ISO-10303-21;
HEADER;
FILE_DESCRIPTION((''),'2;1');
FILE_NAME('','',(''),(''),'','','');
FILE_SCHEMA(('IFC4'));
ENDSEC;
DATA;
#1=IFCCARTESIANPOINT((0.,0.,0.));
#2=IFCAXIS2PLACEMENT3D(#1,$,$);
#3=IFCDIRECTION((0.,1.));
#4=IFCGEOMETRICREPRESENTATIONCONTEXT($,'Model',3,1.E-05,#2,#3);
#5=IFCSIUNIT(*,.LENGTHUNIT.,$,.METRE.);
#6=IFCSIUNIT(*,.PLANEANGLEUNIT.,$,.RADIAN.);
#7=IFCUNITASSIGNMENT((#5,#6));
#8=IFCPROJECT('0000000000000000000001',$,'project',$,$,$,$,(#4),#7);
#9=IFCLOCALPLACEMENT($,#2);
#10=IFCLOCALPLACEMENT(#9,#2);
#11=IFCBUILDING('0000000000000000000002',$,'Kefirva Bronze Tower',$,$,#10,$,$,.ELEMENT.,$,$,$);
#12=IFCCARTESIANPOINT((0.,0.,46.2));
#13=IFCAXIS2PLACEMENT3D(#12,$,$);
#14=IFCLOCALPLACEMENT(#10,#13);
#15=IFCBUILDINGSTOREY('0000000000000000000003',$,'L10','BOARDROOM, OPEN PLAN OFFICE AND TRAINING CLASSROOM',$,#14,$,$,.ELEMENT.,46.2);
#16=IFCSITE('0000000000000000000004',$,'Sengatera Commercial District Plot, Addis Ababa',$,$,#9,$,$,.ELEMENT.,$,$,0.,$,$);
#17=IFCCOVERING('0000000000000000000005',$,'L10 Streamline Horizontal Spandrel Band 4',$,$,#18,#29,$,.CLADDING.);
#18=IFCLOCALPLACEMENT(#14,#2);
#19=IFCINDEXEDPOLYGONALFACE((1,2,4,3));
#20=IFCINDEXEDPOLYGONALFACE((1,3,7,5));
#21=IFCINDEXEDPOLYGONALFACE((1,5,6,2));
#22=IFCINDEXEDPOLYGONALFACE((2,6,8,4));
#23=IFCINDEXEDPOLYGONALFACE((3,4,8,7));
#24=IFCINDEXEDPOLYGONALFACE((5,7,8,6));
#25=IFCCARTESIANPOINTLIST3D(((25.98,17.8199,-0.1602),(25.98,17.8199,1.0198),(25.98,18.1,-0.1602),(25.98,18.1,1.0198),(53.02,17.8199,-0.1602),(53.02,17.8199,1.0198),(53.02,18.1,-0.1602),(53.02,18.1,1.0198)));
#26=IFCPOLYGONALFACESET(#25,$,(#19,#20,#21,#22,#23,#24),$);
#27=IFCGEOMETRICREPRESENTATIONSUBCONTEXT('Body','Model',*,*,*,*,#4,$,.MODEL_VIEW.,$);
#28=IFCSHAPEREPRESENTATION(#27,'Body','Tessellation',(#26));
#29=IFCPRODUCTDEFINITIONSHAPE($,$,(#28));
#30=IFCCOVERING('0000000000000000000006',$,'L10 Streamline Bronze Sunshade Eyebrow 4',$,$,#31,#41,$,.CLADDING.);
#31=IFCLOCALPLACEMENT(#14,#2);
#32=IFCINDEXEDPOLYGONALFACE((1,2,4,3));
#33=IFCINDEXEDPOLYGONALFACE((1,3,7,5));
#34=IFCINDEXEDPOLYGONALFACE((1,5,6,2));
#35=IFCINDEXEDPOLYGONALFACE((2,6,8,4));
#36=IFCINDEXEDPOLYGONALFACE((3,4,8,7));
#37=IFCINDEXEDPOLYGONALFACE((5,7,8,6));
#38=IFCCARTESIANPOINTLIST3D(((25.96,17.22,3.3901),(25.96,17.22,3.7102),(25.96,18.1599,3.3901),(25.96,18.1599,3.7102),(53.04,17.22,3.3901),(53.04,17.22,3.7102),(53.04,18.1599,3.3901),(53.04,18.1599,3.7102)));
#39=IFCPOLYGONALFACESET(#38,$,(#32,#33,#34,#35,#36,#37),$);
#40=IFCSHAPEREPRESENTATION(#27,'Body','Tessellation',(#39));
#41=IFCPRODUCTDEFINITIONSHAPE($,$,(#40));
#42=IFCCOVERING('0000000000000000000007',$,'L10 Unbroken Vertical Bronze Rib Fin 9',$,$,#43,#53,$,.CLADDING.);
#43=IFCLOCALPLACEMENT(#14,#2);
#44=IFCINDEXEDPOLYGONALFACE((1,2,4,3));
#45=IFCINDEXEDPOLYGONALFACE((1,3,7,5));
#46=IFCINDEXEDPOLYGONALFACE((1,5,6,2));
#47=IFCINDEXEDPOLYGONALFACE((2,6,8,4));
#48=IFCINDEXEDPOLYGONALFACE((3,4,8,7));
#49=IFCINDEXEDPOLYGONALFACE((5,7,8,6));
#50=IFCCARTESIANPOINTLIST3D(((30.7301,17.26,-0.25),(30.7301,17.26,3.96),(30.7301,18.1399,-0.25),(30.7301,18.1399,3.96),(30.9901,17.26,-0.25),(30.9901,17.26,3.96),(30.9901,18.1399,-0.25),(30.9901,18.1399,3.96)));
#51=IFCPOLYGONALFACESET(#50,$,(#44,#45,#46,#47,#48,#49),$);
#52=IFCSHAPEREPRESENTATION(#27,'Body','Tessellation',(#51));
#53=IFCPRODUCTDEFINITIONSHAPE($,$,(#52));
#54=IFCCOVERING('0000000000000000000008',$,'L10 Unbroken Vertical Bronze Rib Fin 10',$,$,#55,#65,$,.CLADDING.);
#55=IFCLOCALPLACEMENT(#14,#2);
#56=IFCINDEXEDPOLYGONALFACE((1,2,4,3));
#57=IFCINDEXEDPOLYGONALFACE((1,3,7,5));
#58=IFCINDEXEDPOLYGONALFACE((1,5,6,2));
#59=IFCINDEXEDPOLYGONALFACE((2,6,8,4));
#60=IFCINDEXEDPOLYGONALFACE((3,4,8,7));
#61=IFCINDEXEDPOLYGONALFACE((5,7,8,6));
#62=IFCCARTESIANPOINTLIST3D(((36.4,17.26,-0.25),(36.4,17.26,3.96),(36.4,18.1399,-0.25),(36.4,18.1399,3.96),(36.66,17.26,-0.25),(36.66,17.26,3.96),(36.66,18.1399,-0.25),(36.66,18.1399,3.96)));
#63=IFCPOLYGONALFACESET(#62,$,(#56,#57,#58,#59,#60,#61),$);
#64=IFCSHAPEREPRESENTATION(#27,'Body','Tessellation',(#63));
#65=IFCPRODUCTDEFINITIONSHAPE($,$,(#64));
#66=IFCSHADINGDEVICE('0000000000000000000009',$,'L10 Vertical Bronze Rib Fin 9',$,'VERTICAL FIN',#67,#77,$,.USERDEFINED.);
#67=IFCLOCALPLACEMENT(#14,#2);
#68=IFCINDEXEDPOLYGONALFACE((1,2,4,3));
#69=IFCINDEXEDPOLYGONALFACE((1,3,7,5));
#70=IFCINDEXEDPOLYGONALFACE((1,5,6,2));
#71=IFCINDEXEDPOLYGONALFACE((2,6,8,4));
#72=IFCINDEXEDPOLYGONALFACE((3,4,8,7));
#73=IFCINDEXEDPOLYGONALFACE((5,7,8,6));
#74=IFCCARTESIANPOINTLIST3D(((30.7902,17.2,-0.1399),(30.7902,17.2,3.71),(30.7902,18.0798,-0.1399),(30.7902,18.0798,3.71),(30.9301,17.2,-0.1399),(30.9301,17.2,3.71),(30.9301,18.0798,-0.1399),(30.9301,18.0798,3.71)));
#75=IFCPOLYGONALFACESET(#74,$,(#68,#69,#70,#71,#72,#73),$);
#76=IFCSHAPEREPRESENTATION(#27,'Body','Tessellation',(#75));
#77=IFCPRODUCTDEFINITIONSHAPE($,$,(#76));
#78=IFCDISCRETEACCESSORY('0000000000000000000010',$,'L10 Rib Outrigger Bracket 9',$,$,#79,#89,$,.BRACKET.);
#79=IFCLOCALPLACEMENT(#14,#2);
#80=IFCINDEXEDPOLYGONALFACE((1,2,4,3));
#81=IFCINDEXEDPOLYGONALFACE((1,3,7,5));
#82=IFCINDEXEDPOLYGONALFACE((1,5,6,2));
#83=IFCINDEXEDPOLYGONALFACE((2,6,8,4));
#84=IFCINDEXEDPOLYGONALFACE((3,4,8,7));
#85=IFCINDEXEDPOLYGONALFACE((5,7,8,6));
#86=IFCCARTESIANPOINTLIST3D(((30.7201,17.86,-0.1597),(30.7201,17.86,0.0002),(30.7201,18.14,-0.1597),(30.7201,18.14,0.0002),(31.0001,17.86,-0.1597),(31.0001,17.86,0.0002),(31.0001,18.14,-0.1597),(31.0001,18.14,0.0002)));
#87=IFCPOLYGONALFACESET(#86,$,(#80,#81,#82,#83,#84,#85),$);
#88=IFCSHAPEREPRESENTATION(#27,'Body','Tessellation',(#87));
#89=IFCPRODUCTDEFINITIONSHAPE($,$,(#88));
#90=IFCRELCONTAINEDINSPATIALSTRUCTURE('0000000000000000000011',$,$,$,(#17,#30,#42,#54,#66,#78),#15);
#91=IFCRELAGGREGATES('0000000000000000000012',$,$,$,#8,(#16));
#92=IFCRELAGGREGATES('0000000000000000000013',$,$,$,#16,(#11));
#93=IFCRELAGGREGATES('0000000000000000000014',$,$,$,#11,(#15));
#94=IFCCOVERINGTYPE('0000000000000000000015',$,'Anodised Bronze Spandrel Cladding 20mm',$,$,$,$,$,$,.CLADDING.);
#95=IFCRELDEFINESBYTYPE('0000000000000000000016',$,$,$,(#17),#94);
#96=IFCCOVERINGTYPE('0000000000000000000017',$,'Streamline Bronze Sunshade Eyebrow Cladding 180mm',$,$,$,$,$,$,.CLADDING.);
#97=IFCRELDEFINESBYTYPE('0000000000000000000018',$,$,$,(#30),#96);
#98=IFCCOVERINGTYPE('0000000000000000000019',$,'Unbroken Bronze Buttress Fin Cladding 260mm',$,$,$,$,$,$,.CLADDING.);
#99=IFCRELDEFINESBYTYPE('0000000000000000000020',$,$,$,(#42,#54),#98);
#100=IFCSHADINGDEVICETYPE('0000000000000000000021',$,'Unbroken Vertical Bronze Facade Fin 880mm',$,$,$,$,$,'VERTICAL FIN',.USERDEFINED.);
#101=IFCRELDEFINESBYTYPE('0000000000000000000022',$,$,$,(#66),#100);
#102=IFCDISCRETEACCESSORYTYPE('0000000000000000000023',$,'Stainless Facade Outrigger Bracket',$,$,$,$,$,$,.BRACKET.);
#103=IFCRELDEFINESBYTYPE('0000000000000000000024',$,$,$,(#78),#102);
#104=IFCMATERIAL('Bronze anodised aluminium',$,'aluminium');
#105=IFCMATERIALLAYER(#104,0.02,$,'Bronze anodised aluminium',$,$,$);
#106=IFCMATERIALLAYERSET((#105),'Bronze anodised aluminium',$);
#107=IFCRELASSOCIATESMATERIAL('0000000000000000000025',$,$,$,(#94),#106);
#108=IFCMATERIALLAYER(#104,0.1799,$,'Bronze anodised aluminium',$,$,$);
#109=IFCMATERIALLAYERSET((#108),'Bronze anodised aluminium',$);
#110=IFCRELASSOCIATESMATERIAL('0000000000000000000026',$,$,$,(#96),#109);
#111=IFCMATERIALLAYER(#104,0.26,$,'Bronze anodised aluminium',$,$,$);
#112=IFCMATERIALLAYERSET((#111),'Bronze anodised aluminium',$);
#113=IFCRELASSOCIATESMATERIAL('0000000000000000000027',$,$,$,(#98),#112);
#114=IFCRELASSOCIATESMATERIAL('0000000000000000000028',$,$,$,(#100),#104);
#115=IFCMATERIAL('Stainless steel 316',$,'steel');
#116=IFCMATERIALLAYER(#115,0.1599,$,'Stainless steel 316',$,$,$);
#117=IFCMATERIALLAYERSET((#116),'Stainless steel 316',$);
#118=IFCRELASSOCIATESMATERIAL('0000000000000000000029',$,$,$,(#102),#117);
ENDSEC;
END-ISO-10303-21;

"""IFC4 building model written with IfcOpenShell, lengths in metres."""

from ifc_helpers import new_model, si_unit, direction, frame, origin, origin_2d, place, context, subcontext, project, spatial, rectangle, extrude, material, layer, layer_set, material_profile, profile_set, type_object, element, save


model = new_model("IFC4")

# Units and contexts
model_context = context("Model", 3, precision=1e-05, world=origin(), true_north=direction((0.0, 1.0)))
body_context = subcontext(model_context, "Body", "Model", "MODEL_VIEW")
ifc_project = project(units=[si_unit("LENGTHUNIT", "METRE"), si_unit("PLANEANGLEUNIT", "RADIAN")], contexts=[model_context])

# Site, building, storey
site_placement = place(None, origin())
site = spatial("IfcSite", under=ifc_project, at=site_placement, Name="Sengatera Commercial District Plot, Addis Ababa", CompositionType="ELEMENT", RefElevation=0.0)
building_placement = place(site_placement, origin())
building = spatial("IfcBuilding", under=site, at=building_placement, Name="Kefirva Bronze Tower", CompositionType="ELEMENT")
storey_placement = place(building_placement, frame((0.0, 0.0, 46.2)))
storey = spatial("IfcBuildingStorey", under=building, at=storey_placement, Name="L10", Description="BOARDROOM, OPEN PLAN OFFICE AND TRAINING CLASSROOM", CompositionType="ELEMENT", Elevation=46.2)

# Shared definitions
ifc_material_1 = material(Name="Bronze anodised aluminium", Category="aluminium")

# Coverings
ifc_layer_1 = layer(ifc_material_1, 0.02, Name="Bronze anodised aluminium")
ifc_layer_set_1 = layer_set([ifc_layer_1], Name="Bronze anodised aluminium")
covering_type_1 = type_object("IfcCoveringType", Name="Anodised Bronze Spandrel Cladding 20mm", PredefinedType="CLADDING", material=ifc_layer_set_1)
covering_1_placement = place(storey_placement, frame((39.5, 17.96, -0.1602), z_axis=(0.0, 0.0, 1.0), x_axis=(1.0, 0.0, 0.0)))
element("IfcCovering", 1, at=covering_1_placement, inside=storey, type_object=covering_type_1, Name="L10 Streamline Horizontal Spandrel Band 4", PredefinedType="CLADDING", context=body_context, shape_type="SweptSolid", body=[
    extrude(rectangle(XDim=27.04, YDim=0.28, at=origin_2d()), origin(), (0.0, 0.0, 1.0), 1.1799),
])
ifc_layer_2 = layer(ifc_material_1, 0.1799, Name="Bronze anodised aluminium")
ifc_layer_set_2 = layer_set([ifc_layer_2], Name="Bronze anodised aluminium")
covering_type_2 = type_object("IfcCoveringType", Name="Streamline Bronze Sunshade Eyebrow Cladding 180mm", PredefinedType="CLADDING", material=ifc_layer_set_2)
covering_2_placement = place(storey_placement, frame((39.5, 17.6899, 3.3901), z_axis=(0.0, 0.0, 1.0), x_axis=(1.0, 0.0, 0.0)))
element("IfcCovering", 2, at=covering_2_placement, inside=storey, type_object=covering_type_2, Name="L10 Streamline Bronze Sunshade Eyebrow 4", PredefinedType="CLADDING", context=body_context, shape_type="SweptSolid", body=[
    extrude(rectangle(XDim=27.0801, YDim=0.9399, at=origin_2d()), origin(), (0.0, 0.0, 1.0), 0.3201),
])
ifc_layer_3 = layer(ifc_material_1, 0.26, Name="Bronze anodised aluminium")
ifc_layer_set_3 = layer_set([ifc_layer_3], Name="Bronze anodised aluminium")
covering_type_3 = type_object("IfcCoveringType", Name="Unbroken Bronze Buttress Fin Cladding 260mm", PredefinedType="CLADDING", material=ifc_layer_set_3)
for number, where, z_axis, x_axis, name in (
    (3, (30.8601, 17.7, -0.25), (0.0, 0.0, 1.0), (1.0, 0.0, 0.0), "L10 Unbroken Vertical Bronze Rib Fin 9"),
    (4, (36.53, 17.7, -0.25), (0.0, 0.0, 1.0), (1.0, 0.0, 0.0), "L10 Unbroken Vertical Bronze Rib Fin 10"),
):
    element("IfcCovering", number, at=place(storey_placement, frame(where, z_axis=z_axis, x_axis=x_axis)), inside=storey, type_object=covering_type_3, Name=name, PredefinedType="CLADDING", context=body_context, shape_type="SweptSolid", body=[
        extrude(rectangle(XDim=0.26, YDim=0.8799, at=origin_2d()), origin(), (0.0, 0.0, 1.0), 4.21),
    ])

# Shading device
ifc_material_profile_1 = material_profile(ifc_material_1, rectangle(XDim=0.1399, YDim=0.8799, at=origin_2d()), Name="BRONZE FIN 140x880")
ifc_profile_set_1 = profile_set([ifc_material_profile_1], Name="Bronze anodised aluminium")
shading_device_type = type_object("IfcShadingDeviceType", Name="Unbroken Vertical Bronze Facade Fin 880mm", ElementType="VERTICAL FIN", PredefinedType="USERDEFINED", material=ifc_profile_set_1)
shading_device_placement = place(storey_placement, frame((30.8601, 17.6399, -0.1399), z_axis=(0.0, 0.0, 1.0), x_axis=(1.0, 0.0, 0.0)))
element("IfcShadingDevice", 5, at=shading_device_placement, inside=storey, type_object=shading_device_type, Name="L10 Vertical Bronze Rib Fin 9", ObjectType="VERTICAL FIN", PredefinedType="USERDEFINED", context=body_context, shape_type="SweptSolid", body=[
    extrude(rectangle(XDim=0.1399, YDim=0.8799, at=origin_2d()), origin(), (0.0, 0.0, 1.0), 3.8499),
])

# Discrete accessory
ifc_material_2 = material(Name="Stainless steel 316", Category="steel")
ifc_layer_4 = layer(ifc_material_2, 0.1599, Name="Stainless steel 316")
ifc_layer_set_4 = layer_set([ifc_layer_4], Name="Stainless steel 316")
discrete_accessory_type = type_object("IfcDiscreteAccessoryType", Name="Stainless Facade Outrigger Bracket", PredefinedType="BRACKET", material=ifc_layer_set_4)
discrete_accessory_placement = place(storey_placement, frame((30.8601, 18.0, -0.1597), z_axis=(0.0, 0.0, 1.0), x_axis=(1.0, 0.0, 0.0)))
element("IfcDiscreteAccessory", 6, at=discrete_accessory_placement, inside=storey, type_object=discrete_accessory_type, Name="L10 Rib Outrigger Bracket 9", PredefinedType="BRACKET", context=body_context, shape_type="SweptSolid", body=[
    extrude(rectangle(XDim=0.28, YDim=0.28, at=origin_2d()), origin(), (0.0, 0.0, 1.0), 0.1599),
])

save(model, "model.ifc")
